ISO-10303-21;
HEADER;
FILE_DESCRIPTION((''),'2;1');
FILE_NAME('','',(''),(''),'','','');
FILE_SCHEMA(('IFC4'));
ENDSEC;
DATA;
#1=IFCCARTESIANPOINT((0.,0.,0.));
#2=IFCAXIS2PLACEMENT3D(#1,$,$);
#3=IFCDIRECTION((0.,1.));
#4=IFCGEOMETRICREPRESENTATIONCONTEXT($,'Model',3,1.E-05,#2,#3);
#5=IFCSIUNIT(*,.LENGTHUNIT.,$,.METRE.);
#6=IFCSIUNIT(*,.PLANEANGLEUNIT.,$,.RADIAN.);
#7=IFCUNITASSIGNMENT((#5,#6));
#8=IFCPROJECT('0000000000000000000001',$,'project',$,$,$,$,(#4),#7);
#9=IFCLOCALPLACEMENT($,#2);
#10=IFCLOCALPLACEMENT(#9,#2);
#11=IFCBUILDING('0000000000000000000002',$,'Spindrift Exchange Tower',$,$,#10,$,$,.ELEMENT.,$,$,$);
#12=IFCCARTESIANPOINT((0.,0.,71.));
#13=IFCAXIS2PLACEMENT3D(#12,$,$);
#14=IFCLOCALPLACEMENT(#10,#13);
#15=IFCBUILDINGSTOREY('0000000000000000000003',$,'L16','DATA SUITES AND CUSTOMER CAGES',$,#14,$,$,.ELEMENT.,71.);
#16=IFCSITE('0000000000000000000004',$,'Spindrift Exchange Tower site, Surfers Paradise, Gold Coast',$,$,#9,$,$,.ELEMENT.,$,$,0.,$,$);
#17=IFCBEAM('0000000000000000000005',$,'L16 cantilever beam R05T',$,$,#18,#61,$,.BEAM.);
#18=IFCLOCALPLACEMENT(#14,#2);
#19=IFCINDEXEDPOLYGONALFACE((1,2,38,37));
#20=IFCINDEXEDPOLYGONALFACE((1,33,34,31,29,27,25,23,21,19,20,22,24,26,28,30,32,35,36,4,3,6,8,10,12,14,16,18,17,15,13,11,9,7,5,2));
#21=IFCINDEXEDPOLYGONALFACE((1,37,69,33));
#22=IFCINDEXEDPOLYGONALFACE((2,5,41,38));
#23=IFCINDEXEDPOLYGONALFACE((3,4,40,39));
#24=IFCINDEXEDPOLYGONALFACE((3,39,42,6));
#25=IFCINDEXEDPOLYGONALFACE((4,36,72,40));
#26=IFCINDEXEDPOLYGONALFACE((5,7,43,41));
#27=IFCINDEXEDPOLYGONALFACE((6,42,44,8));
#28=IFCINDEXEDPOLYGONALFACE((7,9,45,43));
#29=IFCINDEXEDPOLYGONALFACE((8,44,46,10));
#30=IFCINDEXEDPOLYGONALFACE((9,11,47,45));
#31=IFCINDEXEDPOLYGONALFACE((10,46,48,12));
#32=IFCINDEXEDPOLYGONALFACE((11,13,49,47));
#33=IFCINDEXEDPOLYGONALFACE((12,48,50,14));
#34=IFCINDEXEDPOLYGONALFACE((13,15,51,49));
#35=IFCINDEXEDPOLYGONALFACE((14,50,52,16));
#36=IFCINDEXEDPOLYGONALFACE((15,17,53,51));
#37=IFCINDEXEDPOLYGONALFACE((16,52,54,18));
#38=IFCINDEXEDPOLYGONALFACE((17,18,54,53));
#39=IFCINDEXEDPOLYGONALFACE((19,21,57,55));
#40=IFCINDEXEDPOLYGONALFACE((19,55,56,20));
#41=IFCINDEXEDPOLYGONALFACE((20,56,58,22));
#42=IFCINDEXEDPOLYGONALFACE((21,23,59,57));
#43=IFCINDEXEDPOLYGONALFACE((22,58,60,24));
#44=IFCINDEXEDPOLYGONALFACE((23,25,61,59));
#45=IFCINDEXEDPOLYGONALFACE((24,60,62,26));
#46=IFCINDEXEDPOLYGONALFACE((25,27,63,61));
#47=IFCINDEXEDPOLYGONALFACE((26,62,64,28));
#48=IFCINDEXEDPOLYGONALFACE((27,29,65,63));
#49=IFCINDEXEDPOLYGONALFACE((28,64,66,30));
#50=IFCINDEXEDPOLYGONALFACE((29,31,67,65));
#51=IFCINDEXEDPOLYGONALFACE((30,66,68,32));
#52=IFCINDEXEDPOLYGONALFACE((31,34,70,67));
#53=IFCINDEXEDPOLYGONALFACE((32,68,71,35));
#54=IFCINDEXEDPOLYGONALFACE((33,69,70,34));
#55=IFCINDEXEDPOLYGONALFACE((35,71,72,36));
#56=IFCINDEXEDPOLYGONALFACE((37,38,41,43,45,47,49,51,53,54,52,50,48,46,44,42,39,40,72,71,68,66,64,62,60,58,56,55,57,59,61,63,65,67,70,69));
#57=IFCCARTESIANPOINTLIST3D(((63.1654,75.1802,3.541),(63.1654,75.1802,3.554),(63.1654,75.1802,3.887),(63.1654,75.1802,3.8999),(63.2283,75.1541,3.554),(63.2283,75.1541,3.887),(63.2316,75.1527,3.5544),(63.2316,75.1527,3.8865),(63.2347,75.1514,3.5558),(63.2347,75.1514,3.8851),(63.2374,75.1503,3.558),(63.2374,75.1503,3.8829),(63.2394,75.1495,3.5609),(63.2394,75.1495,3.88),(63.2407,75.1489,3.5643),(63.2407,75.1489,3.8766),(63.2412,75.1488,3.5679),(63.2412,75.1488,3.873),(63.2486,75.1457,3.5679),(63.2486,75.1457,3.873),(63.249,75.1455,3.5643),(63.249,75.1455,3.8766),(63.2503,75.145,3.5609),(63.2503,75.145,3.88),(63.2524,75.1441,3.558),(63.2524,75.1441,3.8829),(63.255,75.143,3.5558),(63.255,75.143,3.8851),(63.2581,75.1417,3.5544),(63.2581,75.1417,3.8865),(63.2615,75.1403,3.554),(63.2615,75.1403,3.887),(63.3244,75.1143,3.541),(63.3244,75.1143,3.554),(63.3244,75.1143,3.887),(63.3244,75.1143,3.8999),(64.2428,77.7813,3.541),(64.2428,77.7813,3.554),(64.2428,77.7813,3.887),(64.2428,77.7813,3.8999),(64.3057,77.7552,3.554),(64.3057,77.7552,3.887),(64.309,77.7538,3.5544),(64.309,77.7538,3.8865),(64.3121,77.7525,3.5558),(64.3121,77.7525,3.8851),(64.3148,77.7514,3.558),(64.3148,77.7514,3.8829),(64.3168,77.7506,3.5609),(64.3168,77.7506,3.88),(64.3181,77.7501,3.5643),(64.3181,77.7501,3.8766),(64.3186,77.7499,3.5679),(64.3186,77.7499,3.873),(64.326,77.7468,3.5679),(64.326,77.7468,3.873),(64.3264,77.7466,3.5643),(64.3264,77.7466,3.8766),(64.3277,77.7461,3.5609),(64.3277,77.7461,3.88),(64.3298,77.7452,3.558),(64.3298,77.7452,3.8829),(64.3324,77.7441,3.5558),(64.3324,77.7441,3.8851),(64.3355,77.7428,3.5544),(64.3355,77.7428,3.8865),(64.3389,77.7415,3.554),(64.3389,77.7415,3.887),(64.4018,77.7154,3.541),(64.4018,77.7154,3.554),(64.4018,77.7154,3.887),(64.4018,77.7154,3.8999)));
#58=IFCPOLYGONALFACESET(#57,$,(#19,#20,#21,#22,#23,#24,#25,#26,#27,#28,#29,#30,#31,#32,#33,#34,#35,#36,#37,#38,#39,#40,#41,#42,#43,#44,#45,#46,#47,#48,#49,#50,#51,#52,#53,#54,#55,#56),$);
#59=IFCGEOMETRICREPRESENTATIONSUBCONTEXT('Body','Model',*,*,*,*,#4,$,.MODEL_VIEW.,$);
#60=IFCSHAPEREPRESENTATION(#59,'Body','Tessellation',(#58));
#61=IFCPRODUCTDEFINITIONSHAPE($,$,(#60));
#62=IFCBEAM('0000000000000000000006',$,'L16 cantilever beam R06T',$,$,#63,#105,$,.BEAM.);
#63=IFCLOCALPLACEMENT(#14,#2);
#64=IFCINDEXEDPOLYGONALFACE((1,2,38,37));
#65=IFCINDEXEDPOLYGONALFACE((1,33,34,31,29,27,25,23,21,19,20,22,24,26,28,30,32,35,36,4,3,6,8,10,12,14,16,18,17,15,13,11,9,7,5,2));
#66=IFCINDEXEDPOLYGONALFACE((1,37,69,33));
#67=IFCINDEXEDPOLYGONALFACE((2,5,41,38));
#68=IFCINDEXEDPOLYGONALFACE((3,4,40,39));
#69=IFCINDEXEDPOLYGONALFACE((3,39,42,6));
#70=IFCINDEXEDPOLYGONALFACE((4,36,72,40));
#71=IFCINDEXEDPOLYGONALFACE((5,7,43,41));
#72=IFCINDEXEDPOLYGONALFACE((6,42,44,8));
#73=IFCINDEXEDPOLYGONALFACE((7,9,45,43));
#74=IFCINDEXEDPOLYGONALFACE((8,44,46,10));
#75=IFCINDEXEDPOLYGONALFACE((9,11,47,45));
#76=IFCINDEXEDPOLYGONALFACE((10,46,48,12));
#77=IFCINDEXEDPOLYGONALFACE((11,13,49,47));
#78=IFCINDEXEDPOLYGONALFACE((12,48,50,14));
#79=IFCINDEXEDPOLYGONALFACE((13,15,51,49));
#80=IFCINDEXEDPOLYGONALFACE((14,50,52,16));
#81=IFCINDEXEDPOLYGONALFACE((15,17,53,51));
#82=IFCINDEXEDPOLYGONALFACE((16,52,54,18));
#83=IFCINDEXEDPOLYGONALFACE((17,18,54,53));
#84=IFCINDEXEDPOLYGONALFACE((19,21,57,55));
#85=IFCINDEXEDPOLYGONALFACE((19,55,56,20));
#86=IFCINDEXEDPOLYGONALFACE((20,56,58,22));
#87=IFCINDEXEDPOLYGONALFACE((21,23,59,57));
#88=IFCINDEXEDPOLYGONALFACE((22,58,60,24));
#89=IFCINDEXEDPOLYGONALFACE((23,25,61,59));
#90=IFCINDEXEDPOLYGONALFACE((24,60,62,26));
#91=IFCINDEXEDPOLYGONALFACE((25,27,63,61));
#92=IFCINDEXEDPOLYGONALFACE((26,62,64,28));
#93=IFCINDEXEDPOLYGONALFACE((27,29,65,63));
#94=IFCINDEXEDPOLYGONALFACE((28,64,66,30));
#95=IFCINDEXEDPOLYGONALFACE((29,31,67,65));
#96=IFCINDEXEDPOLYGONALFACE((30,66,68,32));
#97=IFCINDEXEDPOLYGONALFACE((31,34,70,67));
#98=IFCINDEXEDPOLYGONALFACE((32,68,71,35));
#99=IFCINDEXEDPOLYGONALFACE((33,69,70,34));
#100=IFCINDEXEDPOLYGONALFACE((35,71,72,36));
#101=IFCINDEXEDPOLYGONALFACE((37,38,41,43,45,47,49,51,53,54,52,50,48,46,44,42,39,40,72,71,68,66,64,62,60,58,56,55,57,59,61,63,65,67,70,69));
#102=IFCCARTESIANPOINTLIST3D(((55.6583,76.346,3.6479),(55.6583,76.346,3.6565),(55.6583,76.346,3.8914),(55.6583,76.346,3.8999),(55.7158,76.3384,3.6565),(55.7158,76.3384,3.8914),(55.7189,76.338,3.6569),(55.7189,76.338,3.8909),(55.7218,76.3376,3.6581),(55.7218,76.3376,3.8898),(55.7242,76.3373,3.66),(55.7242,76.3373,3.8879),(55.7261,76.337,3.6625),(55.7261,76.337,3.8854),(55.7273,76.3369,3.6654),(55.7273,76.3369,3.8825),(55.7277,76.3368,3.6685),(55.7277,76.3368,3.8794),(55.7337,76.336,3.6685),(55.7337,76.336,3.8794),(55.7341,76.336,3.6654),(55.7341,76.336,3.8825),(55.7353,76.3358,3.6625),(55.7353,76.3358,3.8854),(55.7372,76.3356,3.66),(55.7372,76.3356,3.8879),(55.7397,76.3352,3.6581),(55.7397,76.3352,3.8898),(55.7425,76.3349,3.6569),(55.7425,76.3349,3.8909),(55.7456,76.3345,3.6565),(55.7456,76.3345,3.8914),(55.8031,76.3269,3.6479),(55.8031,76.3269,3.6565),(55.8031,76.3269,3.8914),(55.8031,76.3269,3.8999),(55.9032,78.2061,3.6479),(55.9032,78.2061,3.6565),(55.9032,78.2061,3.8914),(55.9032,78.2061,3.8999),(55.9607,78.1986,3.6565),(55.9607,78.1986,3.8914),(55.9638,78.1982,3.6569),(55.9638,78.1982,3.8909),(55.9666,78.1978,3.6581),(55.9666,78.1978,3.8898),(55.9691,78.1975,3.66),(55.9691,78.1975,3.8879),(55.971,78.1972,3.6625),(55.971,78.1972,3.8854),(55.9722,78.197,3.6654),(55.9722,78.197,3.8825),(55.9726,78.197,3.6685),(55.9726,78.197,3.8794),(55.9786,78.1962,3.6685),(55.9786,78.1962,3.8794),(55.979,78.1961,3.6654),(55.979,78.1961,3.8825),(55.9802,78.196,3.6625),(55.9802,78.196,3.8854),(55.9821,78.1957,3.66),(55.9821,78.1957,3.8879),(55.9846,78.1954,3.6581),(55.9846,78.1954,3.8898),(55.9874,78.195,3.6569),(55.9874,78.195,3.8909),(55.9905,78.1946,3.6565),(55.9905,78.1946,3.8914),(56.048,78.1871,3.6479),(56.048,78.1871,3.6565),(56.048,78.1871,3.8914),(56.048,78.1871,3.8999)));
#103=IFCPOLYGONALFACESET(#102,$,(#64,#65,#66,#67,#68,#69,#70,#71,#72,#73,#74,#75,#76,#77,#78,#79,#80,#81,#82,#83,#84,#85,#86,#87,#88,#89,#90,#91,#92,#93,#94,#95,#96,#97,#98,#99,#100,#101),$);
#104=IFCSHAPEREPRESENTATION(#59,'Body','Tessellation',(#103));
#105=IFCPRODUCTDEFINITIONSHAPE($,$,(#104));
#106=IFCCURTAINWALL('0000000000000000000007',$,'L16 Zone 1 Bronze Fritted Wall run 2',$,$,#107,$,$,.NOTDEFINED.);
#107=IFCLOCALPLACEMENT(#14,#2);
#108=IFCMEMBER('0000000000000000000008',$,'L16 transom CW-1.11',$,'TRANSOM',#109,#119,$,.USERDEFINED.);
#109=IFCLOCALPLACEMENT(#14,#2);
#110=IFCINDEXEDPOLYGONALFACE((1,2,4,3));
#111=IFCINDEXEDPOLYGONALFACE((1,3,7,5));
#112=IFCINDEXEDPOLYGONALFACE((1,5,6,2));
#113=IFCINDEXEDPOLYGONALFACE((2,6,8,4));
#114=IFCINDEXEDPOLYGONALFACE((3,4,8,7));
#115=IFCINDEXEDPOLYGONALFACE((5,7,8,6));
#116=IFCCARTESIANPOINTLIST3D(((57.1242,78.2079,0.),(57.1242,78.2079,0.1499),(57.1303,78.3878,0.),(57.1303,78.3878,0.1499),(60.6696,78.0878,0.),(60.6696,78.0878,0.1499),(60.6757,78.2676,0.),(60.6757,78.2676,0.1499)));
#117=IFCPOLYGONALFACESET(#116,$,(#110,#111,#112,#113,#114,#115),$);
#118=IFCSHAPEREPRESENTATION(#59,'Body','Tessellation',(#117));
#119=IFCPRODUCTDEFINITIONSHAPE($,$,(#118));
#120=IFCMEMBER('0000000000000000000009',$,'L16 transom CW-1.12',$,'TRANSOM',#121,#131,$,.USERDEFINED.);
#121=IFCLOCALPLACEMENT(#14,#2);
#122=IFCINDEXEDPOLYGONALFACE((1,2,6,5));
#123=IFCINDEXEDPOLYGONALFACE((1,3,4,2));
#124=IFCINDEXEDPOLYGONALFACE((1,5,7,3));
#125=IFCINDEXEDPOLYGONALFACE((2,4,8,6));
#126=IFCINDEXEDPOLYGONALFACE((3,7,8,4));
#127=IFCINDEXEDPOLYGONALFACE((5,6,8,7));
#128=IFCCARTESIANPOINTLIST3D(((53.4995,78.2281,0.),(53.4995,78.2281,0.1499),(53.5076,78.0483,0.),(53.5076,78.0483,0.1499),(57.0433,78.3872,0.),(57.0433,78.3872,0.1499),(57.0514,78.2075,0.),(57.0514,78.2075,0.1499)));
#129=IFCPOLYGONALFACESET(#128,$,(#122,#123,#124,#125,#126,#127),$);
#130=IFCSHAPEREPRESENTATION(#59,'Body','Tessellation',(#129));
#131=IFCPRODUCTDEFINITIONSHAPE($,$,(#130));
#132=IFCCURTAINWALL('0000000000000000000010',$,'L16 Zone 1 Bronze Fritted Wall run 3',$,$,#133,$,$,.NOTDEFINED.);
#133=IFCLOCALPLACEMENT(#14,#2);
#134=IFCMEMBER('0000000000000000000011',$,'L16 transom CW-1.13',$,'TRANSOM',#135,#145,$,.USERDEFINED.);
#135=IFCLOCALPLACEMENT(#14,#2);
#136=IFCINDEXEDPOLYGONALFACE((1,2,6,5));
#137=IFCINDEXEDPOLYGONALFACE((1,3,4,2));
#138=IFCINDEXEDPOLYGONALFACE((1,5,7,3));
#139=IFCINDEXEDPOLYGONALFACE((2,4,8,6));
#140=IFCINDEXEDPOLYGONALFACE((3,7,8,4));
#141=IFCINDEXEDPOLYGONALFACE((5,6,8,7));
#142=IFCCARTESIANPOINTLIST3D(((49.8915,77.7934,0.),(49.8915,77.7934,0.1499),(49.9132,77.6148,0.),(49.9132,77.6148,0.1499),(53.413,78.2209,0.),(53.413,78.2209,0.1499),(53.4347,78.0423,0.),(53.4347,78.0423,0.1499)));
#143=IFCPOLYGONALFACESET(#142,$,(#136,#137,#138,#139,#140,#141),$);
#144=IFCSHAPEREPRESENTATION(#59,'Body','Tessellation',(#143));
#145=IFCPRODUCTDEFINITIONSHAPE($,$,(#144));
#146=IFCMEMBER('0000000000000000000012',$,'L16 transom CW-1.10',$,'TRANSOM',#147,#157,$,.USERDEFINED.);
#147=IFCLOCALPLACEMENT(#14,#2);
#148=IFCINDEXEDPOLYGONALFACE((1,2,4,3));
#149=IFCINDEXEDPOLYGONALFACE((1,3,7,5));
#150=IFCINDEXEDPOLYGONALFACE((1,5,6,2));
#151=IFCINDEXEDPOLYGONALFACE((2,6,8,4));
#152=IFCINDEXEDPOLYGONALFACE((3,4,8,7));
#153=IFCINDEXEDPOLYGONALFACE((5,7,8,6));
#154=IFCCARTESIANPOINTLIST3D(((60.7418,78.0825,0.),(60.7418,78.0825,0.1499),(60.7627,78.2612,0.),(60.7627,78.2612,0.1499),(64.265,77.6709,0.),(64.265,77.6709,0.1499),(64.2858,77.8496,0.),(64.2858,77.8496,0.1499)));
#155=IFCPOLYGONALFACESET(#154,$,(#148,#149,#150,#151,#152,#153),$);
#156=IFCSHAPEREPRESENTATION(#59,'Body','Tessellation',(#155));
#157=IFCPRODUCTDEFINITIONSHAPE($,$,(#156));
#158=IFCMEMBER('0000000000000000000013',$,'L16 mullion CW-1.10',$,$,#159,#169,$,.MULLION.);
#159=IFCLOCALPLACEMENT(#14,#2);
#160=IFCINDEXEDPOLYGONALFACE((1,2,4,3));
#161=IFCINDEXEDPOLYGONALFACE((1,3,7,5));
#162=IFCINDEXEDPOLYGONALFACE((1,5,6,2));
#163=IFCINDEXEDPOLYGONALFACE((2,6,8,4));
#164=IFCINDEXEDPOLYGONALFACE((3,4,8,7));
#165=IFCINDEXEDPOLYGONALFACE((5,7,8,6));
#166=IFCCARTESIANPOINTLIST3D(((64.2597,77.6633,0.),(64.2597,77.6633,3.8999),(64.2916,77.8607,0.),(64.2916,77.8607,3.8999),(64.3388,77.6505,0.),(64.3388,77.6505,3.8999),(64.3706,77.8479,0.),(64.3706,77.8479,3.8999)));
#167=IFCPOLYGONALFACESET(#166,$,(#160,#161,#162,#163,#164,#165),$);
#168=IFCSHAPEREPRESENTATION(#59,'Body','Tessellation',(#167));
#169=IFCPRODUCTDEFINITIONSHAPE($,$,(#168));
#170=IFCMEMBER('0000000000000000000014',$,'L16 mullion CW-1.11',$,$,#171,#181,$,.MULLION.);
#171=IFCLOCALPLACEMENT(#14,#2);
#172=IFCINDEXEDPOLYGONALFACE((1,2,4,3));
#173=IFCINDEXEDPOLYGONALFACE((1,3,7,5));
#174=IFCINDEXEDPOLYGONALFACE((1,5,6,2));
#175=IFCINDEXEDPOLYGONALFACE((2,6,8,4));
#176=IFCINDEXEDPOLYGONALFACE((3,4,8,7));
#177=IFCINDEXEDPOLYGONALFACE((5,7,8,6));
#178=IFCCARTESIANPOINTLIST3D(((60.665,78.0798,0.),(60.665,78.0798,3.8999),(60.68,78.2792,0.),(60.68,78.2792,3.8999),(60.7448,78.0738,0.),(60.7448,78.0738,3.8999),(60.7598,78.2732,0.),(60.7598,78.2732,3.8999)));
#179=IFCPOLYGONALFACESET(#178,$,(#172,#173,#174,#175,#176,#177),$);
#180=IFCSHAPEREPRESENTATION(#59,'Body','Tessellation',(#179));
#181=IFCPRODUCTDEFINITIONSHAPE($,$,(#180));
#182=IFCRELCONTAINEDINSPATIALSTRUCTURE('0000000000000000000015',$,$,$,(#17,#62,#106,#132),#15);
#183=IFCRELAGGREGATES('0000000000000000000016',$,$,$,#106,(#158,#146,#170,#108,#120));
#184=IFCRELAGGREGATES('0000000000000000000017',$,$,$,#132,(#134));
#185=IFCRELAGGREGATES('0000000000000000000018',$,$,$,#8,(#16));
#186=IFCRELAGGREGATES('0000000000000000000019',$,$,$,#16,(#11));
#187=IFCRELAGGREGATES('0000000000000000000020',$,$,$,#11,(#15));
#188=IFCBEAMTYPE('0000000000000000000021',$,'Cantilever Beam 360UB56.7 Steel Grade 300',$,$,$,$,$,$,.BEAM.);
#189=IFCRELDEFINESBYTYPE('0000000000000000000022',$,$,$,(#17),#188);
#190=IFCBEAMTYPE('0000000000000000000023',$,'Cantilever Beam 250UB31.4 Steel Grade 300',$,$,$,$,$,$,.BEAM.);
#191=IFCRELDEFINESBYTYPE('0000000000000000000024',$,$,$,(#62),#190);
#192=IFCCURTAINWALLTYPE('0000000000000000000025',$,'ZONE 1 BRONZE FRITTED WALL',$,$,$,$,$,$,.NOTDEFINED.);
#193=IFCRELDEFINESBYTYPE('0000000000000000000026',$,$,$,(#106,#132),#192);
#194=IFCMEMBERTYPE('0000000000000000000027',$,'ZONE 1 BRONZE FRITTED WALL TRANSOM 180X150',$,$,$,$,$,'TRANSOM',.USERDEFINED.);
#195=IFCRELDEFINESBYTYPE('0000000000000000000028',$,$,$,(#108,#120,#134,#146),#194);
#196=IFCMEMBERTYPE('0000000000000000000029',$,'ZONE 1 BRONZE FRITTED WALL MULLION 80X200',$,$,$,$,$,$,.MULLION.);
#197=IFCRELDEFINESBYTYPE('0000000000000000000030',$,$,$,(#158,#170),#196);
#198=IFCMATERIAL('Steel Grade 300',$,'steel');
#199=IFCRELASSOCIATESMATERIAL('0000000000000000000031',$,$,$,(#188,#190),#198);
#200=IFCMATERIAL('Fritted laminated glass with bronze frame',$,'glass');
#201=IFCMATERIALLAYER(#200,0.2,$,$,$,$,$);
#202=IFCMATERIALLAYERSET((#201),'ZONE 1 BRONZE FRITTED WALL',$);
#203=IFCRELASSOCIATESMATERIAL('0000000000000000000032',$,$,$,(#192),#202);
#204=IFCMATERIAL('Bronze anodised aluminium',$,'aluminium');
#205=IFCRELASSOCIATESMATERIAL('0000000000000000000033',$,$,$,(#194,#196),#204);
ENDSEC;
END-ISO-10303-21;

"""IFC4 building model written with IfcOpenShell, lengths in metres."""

from ifc_helpers import new_model, si_unit, direction, frame, origin, origin_2d, place, context, subcontext, project, spatial, rectangle, i_section, extrude, source, transform, mapped, material, layer, layer_set, material_profile, profile_set, type_object, element, aggregate, save


model = new_model("IFC4")

# Units and contexts
model_context = context("Model", 3, precision=1e-05, world=origin(), true_north=direction((0.0, 1.0)))
body_context = subcontext(model_context, "Body", "Model", "MODEL_VIEW")
ifc_project = project(units=[si_unit("LENGTHUNIT", "METRE"), si_unit("PLANEANGLEUNIT", "RADIAN")], contexts=[model_context])

# Site, building, storey
site_placement = place(None, origin())
site = spatial("IfcSite", under=ifc_project, at=site_placement, Name="Spindrift Exchange Tower site, Surfers Paradise, Gold Coast", CompositionType="ELEMENT", RefElevation=0.0)
building_placement = place(site_placement, origin())
building = spatial("IfcBuilding", under=site, at=building_placement, Name="Spindrift Exchange Tower", CompositionType="ELEMENT")
storey_placement = place(building_placement, frame((0.0, 0.0, 71.0)))
storey = spatial("IfcBuildingStorey", under=building, at=storey_placement, Name="L16", Description="DATA SUITES AND CUSTOMER CAGES", CompositionType="ELEMENT", Elevation=71.0)

# Beams
ifc_material_1 = material(Name="Steel Grade 300", Category="steel")
ifc_material_profile_1 = material_profile(ifc_material_1, i_section(OverallWidth=0.1721, OverallDepth=0.3589, WebThickness=0.0081, FlangeThickness=0.0129, FilletRadius=0.0139, at=origin_2d()), Name="360UB56.7")
ifc_profile_set_1 = profile_set([ifc_material_profile_1], Name="Steel Grade 300")
beam_type_1 = type_object("IfcBeamType", Name="Cantilever Beam 360UB56.7 Steel Grade 300", PredefinedType="BEAM", material=ifc_profile_set_1)
shared_shape_1 = source(origin(), body_context, "Body", "SweptSolid", [
    extrude(i_section(OverallWidth=0.1721, OverallDepth=0.3589, WebThickness=0.0081, FlangeThickness=0.0129, FilletRadius=0.0139, at=origin_2d()), origin(), (0.0, 0.0, 1.0), 2.8154),
])
beam_1_placement = place(storey_placement, frame((63.2449, 75.1472, 3.7205), z_axis=(0.382681, 0.92388, 0.0), x_axis=(-0.92388, 0.382681, 0.0)))
element("IfcBeam", 1, at=beam_1_placement, inside=storey, type_object=beam_type_1, Name="L16 cantilever beam R05T", PredefinedType="BEAM", context=body_context, shape_type="MappedRepresentation", body=[
    mapped(shared_shape_1, transform((0.0, 0.0, 0.0), scale=1.0)),
])
ifc_material_profile_2 = material_profile(ifc_material_1, i_section(OverallWidth=0.146, OverallDepth=0.252, WebThickness=0.0061, FlangeThickness=0.0085, FilletRadius=0.012, at=origin_2d()), Name="250UB31.4")
ifc_profile_set_2 = profile_set([ifc_material_profile_2], Name="Steel Grade 300")
beam_type_2 = type_object("IfcBeamType", Name="Cantilever Beam 250UB31.4 Steel Grade 300", PredefinedType="BEAM", material=ifc_profile_set_2)
shared_shape_2 = source(origin(), body_context, "Body", "SweptSolid", [
    extrude(i_section(OverallWidth=0.146, OverallDepth=0.252, WebThickness=0.0061, FlangeThickness=0.0085, FilletRadius=0.012, at=origin_2d()), origin(), (0.0, 0.0, 1.0), 1.8762),
])
beam_2_placement = place(storey_placement, frame((55.7307, 76.3364, 3.7739), z_axis=(0.130518, 0.991446, 0.0), x_axis=(-0.991446, 0.130518, 0.0)))
element("IfcBeam", 2, at=beam_2_placement, inside=storey, type_object=beam_type_2, Name="L16 cantilever beam R06T", PredefinedType="BEAM", context=body_context, shape_type="MappedRepresentation", body=[
    mapped(shared_shape_2, transform((0.0, 0.0, 0.0), scale=1.0)),
])

# Curtain wall, members
ifc_material_2 = material(Name="Fritted laminated glass with bronze frame", Category="glass")
ifc_layer_1 = layer(ifc_material_2, 0.2)
ifc_layer_set_1 = layer_set([ifc_layer_1], Name="ZONE 1 BRONZE FRITTED WALL")
curtain_wall_type = type_object("IfcCurtainWallType", Name="ZONE 1 BRONZE FRITTED WALL", PredefinedType="NOTDEFINED", material=ifc_layer_set_1)
curtain_wall_1_placement = place(storey_placement, origin())
curtain_wall_1 = element("IfcCurtainWall", 3, at=curtain_wall_1_placement, inside=storey, type_object=curtain_wall_type, Name="L16 Zone 1 Bronze Fritted Wall run 2", PredefinedType="NOTDEFINED")
ifc_material_3 = material(Name="Bronze anodised aluminium", Category="aluminium")
ifc_material_profile_3 = material_profile(ifc_material_3, rectangle(XDim=0.1799, YDim=0.1499, at=origin_2d()), Name="ZONE 1 BRONZE FRITTED WALL TRANSOM 180X150")
ifc_profile_set_3 = profile_set([ifc_material_profile_3], Name="Bronze anodised aluminium")
member_type_1 = type_object("IfcMemberType", Name="ZONE 1 BRONZE FRITTED WALL TRANSOM 180X150", ElementType="TRANSOM", PredefinedType="USERDEFINED", material=ifc_profile_set_3)
shared_shape_3 = source(origin(), body_context, "Body", "SweptSolid", [
    extrude(rectangle(XDim=0.1799, YDim=0.1499, at=origin_2d()), origin(), (0.0, 0.0, 1.0), 3.5474),
])
member_1_placement = place(storey_placement, frame((60.6726, 78.1777, 0.075), z_axis=(-0.999427, 0.03386, 0.0), x_axis=(-0.03386, -0.999427, 0.0)))
member_1 = element("IfcMember", 4, at=member_1_placement, type_object=member_type_1, Name="L16 transom CW-1.11", ObjectType="TRANSOM", PredefinedType="USERDEFINED", context=body_context, shape_type="MappedRepresentation", body=[
    mapped(shared_shape_3, transform((0.0, 0.0, 0.0), scale=1.0)),
])
member_2_placement = place(storey_placement, frame((57.0474, 78.2974, 0.075), z_axis=(-0.998993, -0.044874, 0.0), x_axis=(0.044874, -0.998993, 0.0)))
member_2 = element("IfcMember", 5, at=member_2_placement, type_object=member_type_1, Name="L16 transom CW-1.12", ObjectType="TRANSOM", PredefinedType="USERDEFINED", context=body_context, shape_type="MappedRepresentation", body=[
    mapped(shared_shape_3, transform((0.0, 0.0, 0.0), scale=1.0)),
])

# Curtain wall, member
curtain_wall_2_placement = place(storey_placement, origin())
curtain_wall_2 = element("IfcCurtainWall", 6, at=curtain_wall_2_placement, inside=storey, type_object=curtain_wall_type, Name="L16 Zone 1 Bronze Fritted Wall run 3", PredefinedType="NOTDEFINED")
member_3_placement = place(storey_placement, frame((53.4238, 78.1316, 0.075), z_axis=(-0.992712, -0.12051, 0.0), x_axis=(0.12051, -0.992712, 0.0)))
member_3 = element("IfcMember", 7, at=member_3_placement, type_object=member_type_1, Name="L16 transom CW-1.13", ObjectType="TRANSOM", PredefinedType="USERDEFINED", context=body_context, shape_type="MappedRepresentation", body=[
    mapped(shared_shape_3, transform((0.0, 0.0, 0.0), scale=1.0)),
])

# Members
shared_shape_4 = source(origin(), body_context, "Body", "SweptSolid", [
    extrude(rectangle(XDim=0.1799, YDim=0.1499, at=origin_2d()), origin(), (0.0, 0.0, 1.0), 3.5471),
])
member_4_placement = place(storey_placement, frame((64.2754, 77.7603, 0.075), z_axis=(-0.993244, 0.116043, 0.0), x_axis=(-0.116043, -0.993244, 0.0)))
member_4 = element("IfcMember", 8, at=member_4_placement, type_object=member_type_1, Name="L16 transom CW-1.10", ObjectType="TRANSOM", PredefinedType="USERDEFINED", context=body_context, shape_type="MappedRepresentation", body=[
    mapped(shared_shape_4, transform((0.0, 0.0, 0.0), scale=1.0)),
])
ifc_material_profile_4 = material_profile(ifc_material_3, rectangle(XDim=0.0801, YDim=0.2, at=origin_2d()), Name="ZONE 1 BRONZE FRITTED WALL MULLION 80X200")
ifc_profile_set_4 = profile_set([ifc_material_profile_4], Name="Bronze anodised aluminium")
member_type_2 = type_object("IfcMemberType", Name="ZONE 1 BRONZE FRITTED WALL MULLION 80X200", PredefinedType="MULLION", material=ifc_profile_set_4)
shared_shape_5 = source(origin(), body_context, "Body", "SweptSolid", [
    extrude(rectangle(XDim=0.0801, YDim=0.2, at=origin_2d()), origin(), (0.0, 0.0, 1.0), 3.8999),
])
member_5_placement = place(storey_placement, frame((64.3152, 77.7556, 0.0), z_axis=(0.0, 0.0, 1.0), x_axis=(-0.987241, 0.159235, 0.0)))
member_5 = element("IfcMember", 9, at=member_5_placement, type_object=member_type_2, Name="L16 mullion CW-1.10", PredefinedType="MULLION", context=body_context, shape_type="MappedRepresentation", body=[
    mapped(shared_shape_5, transform((0.0, 0.0, 0.0), scale=1.0)),
])
member_6_placement = place(storey_placement, frame((60.7124, 78.1765, 0.0), z_axis=(0.0, 0.0, 1.0), x_axis=(-0.997185, 0.074985, 0.0)))
member_6 = element("IfcMember", 10, at=member_6_placement, type_object=member_type_2, Name="L16 mullion CW-1.11", PredefinedType="MULLION", context=body_context, shape_type="MappedRepresentation", body=[
    mapped(shared_shape_5, transform((0.0, 0.0, 0.0), scale=1.0)),
])

aggregate(curtain_wall_1, [member_5, member_4, member_6, member_1, member_2])
aggregate(curtain_wall_2, [member_3])

save(model, "model.ifc")
